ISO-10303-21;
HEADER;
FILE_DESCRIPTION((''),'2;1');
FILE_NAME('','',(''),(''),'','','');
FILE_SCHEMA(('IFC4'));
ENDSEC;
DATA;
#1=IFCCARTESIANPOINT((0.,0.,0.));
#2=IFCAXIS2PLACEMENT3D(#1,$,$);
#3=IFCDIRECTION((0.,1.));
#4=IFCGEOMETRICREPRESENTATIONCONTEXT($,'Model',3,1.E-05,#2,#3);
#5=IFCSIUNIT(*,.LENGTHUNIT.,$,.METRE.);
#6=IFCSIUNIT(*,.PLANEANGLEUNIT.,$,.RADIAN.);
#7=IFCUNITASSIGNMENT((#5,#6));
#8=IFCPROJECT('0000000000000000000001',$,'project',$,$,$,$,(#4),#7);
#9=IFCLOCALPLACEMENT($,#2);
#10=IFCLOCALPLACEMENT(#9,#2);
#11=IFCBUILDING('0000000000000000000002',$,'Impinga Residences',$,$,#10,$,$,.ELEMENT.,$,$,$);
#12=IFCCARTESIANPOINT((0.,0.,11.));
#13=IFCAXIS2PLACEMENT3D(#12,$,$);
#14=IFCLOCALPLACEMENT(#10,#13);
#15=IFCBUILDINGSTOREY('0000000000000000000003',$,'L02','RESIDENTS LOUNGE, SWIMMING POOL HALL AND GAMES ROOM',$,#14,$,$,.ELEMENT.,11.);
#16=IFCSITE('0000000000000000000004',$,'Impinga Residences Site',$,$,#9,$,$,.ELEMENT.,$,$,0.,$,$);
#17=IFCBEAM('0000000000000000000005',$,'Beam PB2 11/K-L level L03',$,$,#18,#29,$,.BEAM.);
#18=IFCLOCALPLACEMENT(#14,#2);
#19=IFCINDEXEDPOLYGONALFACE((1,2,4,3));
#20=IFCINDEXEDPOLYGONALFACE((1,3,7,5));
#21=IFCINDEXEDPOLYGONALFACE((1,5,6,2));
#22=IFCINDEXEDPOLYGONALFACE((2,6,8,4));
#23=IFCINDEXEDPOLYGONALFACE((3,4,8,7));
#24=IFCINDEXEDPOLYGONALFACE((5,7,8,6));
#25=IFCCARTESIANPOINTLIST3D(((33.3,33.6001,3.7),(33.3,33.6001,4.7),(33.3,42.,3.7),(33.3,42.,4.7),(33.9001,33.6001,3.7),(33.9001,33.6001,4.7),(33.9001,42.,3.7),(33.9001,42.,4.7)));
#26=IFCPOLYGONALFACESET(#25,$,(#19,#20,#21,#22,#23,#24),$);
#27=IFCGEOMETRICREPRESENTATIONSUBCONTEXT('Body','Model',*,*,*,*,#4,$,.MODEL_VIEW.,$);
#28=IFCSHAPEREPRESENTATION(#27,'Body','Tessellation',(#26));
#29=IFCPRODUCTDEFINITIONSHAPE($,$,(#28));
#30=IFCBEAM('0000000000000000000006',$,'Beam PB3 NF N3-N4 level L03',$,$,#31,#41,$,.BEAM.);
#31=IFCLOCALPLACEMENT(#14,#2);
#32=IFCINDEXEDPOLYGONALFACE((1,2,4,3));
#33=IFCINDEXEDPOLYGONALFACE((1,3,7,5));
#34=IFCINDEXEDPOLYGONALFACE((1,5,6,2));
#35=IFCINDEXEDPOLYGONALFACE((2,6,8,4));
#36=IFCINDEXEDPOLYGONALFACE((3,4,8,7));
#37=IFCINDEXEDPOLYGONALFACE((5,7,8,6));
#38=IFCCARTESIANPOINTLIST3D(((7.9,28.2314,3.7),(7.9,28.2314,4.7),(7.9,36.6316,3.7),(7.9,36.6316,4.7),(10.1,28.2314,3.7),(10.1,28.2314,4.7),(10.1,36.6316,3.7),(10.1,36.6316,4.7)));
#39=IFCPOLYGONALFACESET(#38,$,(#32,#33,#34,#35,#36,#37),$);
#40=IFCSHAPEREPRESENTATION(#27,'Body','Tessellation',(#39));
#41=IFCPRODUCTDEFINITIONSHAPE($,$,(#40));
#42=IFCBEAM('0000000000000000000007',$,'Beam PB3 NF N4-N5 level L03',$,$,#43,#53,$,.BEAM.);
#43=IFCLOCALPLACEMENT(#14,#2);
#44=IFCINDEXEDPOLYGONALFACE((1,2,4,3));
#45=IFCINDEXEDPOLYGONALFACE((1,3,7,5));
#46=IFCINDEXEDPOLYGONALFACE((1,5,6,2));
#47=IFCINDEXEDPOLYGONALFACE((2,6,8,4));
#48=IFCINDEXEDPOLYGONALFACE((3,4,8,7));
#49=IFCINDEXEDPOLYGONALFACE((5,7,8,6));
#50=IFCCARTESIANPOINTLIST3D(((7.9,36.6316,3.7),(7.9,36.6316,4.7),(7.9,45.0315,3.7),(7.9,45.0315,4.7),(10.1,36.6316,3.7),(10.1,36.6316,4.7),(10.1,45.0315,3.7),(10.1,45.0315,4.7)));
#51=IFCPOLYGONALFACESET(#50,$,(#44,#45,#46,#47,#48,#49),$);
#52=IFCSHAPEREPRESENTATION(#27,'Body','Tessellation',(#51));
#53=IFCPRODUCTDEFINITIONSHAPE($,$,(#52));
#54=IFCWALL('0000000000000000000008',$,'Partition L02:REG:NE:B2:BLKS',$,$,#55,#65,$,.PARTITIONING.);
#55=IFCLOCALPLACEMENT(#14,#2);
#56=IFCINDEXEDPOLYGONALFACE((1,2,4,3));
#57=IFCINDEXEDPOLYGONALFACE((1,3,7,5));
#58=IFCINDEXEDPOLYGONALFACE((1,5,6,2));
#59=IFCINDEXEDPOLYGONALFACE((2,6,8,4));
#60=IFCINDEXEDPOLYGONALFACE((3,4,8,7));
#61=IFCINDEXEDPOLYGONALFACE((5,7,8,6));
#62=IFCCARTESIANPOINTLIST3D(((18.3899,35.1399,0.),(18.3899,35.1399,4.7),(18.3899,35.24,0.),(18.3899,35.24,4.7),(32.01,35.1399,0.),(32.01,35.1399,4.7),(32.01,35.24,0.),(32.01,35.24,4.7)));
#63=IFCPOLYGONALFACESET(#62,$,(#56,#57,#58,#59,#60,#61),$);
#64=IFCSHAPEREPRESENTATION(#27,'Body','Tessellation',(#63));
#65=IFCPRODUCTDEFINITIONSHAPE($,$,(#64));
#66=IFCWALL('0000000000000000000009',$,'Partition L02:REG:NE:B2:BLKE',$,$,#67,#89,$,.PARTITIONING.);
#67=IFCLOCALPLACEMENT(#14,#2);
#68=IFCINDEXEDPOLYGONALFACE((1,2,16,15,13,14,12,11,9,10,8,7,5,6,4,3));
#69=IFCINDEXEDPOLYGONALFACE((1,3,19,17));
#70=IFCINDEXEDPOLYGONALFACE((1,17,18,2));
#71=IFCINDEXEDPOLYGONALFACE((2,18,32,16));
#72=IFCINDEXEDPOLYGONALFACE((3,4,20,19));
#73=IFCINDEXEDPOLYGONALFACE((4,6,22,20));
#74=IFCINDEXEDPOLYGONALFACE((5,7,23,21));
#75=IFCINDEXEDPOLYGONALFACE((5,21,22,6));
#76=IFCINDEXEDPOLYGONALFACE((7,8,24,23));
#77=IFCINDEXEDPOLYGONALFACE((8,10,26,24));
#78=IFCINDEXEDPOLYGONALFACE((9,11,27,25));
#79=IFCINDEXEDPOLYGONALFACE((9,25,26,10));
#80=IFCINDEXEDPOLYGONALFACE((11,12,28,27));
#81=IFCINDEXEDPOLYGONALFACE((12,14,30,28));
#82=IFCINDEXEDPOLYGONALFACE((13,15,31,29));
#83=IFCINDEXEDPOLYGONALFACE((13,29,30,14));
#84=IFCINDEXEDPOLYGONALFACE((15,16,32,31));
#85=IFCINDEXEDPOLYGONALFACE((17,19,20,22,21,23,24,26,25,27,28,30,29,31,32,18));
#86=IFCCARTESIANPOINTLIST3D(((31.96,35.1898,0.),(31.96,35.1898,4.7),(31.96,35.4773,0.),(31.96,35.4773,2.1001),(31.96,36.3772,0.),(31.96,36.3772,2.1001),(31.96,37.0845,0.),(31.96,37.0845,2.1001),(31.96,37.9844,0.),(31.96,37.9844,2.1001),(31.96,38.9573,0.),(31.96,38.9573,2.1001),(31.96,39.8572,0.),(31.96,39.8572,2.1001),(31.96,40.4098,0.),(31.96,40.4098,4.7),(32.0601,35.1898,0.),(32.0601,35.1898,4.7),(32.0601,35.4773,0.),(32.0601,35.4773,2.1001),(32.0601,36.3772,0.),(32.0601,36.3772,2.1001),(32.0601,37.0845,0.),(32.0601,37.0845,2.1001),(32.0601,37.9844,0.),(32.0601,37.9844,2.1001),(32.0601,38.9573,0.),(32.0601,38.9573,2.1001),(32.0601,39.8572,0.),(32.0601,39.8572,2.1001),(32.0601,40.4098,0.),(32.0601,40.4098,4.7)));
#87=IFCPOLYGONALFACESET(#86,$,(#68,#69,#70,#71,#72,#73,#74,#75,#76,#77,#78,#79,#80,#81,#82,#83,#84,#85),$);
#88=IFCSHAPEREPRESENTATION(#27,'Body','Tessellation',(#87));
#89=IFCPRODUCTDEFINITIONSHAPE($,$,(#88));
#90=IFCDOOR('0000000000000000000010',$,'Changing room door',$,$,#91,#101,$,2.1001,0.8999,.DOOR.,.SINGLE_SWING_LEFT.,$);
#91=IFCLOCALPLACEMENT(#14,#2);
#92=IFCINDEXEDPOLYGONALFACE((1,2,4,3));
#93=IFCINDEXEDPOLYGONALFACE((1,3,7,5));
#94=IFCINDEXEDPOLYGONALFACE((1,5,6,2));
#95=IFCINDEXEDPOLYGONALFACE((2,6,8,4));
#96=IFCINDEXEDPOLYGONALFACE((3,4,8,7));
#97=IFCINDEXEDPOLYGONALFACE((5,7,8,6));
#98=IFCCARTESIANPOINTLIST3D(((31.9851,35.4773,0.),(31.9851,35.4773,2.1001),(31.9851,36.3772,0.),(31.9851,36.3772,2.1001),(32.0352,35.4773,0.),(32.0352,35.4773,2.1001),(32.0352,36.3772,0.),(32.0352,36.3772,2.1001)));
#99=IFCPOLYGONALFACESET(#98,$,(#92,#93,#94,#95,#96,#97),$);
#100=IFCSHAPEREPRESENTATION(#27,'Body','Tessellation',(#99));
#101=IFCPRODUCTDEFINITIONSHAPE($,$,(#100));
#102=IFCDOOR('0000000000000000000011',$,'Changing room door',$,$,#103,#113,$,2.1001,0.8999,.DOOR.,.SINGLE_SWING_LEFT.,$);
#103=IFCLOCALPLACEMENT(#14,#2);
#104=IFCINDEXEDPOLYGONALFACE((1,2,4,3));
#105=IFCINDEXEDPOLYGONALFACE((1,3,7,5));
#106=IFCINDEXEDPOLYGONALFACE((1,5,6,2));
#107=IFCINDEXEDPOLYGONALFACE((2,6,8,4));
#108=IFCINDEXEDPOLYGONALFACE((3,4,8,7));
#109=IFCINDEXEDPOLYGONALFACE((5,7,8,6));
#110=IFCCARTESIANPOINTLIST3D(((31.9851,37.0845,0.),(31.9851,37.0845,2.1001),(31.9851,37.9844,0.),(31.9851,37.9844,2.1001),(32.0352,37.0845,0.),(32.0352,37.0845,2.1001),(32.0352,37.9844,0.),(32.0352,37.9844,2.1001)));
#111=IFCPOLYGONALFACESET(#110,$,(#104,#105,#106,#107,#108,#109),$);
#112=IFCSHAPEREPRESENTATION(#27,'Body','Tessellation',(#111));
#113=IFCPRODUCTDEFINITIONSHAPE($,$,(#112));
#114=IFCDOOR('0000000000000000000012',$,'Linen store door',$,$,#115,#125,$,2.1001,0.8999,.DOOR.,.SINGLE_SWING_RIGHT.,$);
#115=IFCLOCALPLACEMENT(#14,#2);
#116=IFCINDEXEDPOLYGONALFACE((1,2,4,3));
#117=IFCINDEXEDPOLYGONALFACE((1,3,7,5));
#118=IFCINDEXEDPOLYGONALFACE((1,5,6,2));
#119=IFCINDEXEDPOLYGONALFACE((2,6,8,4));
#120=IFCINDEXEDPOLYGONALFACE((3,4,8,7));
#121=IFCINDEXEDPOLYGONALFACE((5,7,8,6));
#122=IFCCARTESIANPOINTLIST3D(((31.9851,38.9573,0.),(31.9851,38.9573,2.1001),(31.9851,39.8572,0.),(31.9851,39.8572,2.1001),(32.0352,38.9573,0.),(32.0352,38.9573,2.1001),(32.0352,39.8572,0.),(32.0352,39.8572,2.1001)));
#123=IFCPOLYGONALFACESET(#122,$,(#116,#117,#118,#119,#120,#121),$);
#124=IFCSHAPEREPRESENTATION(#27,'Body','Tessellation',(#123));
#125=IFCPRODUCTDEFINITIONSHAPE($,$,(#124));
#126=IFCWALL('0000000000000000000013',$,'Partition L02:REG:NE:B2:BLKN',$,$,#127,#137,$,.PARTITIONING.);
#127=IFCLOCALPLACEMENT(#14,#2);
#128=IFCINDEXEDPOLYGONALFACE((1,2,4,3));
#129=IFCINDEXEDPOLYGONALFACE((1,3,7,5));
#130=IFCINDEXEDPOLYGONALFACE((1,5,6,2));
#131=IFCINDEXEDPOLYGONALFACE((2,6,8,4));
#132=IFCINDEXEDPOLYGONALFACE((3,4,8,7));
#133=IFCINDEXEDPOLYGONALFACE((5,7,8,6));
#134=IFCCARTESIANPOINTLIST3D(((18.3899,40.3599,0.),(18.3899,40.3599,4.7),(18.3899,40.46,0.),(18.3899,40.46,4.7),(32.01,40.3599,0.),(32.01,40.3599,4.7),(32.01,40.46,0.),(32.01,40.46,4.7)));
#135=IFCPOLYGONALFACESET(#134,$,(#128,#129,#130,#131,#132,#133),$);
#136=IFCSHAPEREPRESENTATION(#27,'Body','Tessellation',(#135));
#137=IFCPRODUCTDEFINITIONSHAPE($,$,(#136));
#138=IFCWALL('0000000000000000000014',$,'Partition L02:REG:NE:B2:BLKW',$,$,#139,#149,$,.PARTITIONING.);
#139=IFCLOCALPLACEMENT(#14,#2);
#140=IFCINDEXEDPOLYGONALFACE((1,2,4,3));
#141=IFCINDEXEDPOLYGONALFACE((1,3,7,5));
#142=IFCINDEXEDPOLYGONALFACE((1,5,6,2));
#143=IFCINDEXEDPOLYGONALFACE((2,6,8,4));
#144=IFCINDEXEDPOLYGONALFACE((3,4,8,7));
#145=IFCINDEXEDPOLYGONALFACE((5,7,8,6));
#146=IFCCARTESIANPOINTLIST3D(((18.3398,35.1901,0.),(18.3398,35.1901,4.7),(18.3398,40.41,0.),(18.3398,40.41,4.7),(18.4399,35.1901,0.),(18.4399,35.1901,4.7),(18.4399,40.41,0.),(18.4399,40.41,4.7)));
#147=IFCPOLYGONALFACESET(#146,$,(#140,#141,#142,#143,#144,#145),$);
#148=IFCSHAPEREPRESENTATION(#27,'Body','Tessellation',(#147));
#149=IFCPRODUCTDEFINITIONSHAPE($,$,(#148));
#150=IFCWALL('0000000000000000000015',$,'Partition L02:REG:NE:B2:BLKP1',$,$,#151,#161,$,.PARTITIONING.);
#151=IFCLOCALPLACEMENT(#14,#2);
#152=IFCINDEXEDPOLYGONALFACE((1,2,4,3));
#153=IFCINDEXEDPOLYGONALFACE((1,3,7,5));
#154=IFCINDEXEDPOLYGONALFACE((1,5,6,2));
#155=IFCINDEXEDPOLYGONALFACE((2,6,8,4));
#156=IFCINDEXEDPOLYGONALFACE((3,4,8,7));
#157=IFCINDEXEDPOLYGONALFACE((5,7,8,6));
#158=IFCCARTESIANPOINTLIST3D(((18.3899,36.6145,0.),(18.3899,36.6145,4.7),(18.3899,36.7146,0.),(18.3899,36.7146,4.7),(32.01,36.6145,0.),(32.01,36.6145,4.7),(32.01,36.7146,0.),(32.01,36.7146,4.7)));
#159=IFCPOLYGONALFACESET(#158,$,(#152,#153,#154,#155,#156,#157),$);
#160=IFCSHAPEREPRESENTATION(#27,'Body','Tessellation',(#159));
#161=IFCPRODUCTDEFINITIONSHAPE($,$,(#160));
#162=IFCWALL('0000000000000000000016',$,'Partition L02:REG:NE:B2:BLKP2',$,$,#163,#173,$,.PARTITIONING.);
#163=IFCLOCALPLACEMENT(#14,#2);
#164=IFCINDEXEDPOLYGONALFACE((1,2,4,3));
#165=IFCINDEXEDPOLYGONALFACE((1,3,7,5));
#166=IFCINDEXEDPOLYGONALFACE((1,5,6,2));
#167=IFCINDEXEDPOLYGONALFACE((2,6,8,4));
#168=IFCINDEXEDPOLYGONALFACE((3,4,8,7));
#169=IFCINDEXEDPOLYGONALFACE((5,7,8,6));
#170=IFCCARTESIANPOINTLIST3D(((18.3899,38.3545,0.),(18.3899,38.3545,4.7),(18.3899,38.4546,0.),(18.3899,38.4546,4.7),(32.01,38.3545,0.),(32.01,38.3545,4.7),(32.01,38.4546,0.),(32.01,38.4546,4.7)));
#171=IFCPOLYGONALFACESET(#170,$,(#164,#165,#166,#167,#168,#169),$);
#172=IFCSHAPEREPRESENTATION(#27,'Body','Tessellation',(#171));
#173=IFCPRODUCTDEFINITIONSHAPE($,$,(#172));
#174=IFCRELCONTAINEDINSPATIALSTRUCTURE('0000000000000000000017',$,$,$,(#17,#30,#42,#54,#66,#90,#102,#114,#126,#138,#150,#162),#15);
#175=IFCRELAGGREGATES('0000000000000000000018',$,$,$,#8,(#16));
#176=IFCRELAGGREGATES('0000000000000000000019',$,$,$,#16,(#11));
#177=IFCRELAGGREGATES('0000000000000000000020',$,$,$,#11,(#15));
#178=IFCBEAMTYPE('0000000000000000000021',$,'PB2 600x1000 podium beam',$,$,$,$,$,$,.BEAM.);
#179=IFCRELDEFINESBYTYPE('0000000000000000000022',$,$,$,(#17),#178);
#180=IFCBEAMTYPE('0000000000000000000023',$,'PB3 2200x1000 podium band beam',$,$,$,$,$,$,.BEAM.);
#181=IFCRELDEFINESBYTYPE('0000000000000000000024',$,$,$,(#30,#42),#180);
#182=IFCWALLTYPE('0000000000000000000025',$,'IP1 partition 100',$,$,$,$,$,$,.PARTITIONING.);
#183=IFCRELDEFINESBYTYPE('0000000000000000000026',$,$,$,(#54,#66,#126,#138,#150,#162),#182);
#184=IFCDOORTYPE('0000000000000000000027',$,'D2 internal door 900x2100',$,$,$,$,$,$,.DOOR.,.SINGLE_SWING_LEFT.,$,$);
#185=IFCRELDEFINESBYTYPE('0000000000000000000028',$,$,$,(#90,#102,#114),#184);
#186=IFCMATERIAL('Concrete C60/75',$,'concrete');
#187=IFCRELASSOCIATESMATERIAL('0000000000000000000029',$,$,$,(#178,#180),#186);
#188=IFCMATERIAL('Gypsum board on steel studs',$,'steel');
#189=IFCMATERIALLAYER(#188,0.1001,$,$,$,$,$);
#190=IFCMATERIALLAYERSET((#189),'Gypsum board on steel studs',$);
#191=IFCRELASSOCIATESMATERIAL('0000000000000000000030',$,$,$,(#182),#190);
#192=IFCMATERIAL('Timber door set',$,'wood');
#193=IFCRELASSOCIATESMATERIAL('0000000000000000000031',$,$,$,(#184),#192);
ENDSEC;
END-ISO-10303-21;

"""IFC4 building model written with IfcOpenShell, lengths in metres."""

from ifc_helpers import new_model, si_unit, direction, frame, frame_2d, origin, origin_2d, place, context, subcontext, project, spatial, rectangle, extrude, material, layer, layer_set, material_profile, profile_set, type_object, element, fill, save


model = new_model("IFC4")

# Units and contexts
model_context = context("Model", 3, precision=1e-05, world=origin(), true_north=direction((0.0, 1.0)))
body_context = subcontext(model_context, "Body", "Model", "MODEL_VIEW")
ifc_project = project(units=[si_unit("LENGTHUNIT", "METRE"), si_unit("PLANEANGLEUNIT", "RADIAN")], contexts=[model_context])

# Site, building, storey
site_placement = place(None, origin())
site = spatial("IfcSite", under=ifc_project, at=site_placement, Name="Impinga Residences Site", CompositionType="ELEMENT", RefElevation=0.0)
building_placement = place(site_placement, origin())
building = spatial("IfcBuilding", under=site, at=building_placement, Name="Impinga Residences", CompositionType="ELEMENT")
storey_placement = place(building_placement, frame((0.0, 0.0, 11.0)))
storey = spatial("IfcBuildingStorey", under=building, at=storey_placement, Name="L02", Description="RESIDENTS LOUNGE, SWIMMING POOL HALL AND GAMES ROOM", CompositionType="ELEMENT", Elevation=11.0)

# Beams
ifc_material_1 = material(Name="Concrete C60/75", Category="concrete")
ifc_material_profile_1 = material_profile(ifc_material_1, rectangle(XDim=0.6001, YDim=1.0, at=origin_2d()), Name="RC 600x1000")
ifc_profile_set_1 = profile_set([ifc_material_profile_1], Name="Concrete C60/75")
beam_type_1 = type_object("IfcBeamType", Name="PB2 600x1000 podium beam", PredefinedType="BEAM", material=ifc_profile_set_1)
beam_1_placement = place(storey_placement, frame((33.6001, 33.6001, 4.2), z_axis=(0.0, 1.0, 0.0), x_axis=(-1.0, 0.0, 0.0)))
element("IfcBeam", 1, at=beam_1_placement, inside=storey, type_object=beam_type_1, Name="Beam PB2 11/K-L level L03", PredefinedType="BEAM", context=body_context, shape_type="SweptSolid", body=[
    extrude(rectangle(XDim=0.6001, YDim=1.0, at=origin_2d()), origin(), (0.0, 0.0, 1.0), 8.3999),
])
ifc_material_profile_2 = material_profile(ifc_material_1, rectangle(XDim=2.2, YDim=1.0, at=origin_2d()), Name="RC 2200x1000")
ifc_profile_set_2 = profile_set([ifc_material_profile_2], Name="Concrete C60/75")
beam_type_2 = type_object("IfcBeamType", Name="PB3 2200x1000 podium band beam", PredefinedType="BEAM", material=ifc_profile_set_2)
beam_2_placement = place(storey_placement, frame((9.0, 28.2314, 4.2), z_axis=(0.0, 1.0, 0.0), x_axis=(-1.0, 0.0, 0.0)))
element("IfcBeam", 2, at=beam_2_placement, inside=storey, type_object=beam_type_2, Name="Beam PB3 NF N3-N4 level L03", PredefinedType="BEAM", context=body_context, shape_type="SweptSolid", body=[
    extrude(rectangle(XDim=2.2, YDim=1.0, at=origin_2d()), origin(), (0.0, 0.0, 1.0), 8.4001),
])
beam_3_placement = place(storey_placement, frame((9.0, 36.6316, 4.2), z_axis=(0.0, 1.0, 0.0), x_axis=(-1.0, 0.0, 0.0)))
element("IfcBeam", 3, at=beam_3_placement, inside=storey, type_object=beam_type_2, Name="Beam PB3 NF N4-N5 level L03", PredefinedType="BEAM", context=body_context, shape_type="SweptSolid", body=[
    extrude(rectangle(XDim=2.2, YDim=1.0, at=origin_2d()), origin(), (0.0, 0.0, 1.0), 8.3999),
])

# Wall
ifc_material_2 = material(Name="Gypsum board on steel studs", Category="steel")
ifc_layer_1 = layer(ifc_material_2, 0.1001)
ifc_layer_set_1 = layer_set([ifc_layer_1], Name="Gypsum board on steel studs")
wall_type_1 = type_object("IfcWallType", Name="IP1 partition 100", PredefinedType="PARTITIONING", material=ifc_layer_set_1)
wall_1_placement = place(storey_placement, frame((18.3899, 35.1899, 0.0), z_axis=(0.0, 0.0, 1.0), x_axis=(1.0, 0.0, 0.0)))
element("IfcWall", 4, at=wall_1_placement, inside=storey, type_object=wall_type_1, Name="Partition L02:REG:NE:B2:BLKS", PredefinedType="PARTITIONING", context=body_context, shape_type="SweptSolid", body=[
    extrude(rectangle(XDim=13.6201, YDim=0.1001, at=frame_2d((6.8101, 0.0))), origin(), (0.0, 0.0, 1.0), 4.7),
])

# Wall, openings, doors
wall_2_placement = place(storey_placement, frame((32.01, 35.1899, 0.0), z_axis=(0.0, 0.0, 1.0), x_axis=(0.0, 1.0, 0.0)))
wall_2 = element("IfcWall", 5, at=wall_2_placement, inside=storey, type_object=wall_type_1, Name="Partition L02:REG:NE:B2:BLKE", PredefinedType="PARTITIONING", context=body_context, shape_type="SweptSolid", body=[
    extrude(rectangle(XDim=5.22, YDim=0.1001, at=frame_2d((2.6099, 0.0))), origin(), (0.0, 0.0, 1.0), 4.7),
])
opening_1_placement = place(wall_2_placement, frame((0.2874, 0.0, 0.0)))
opening_1 = element("IfcOpeningElement", 6, at=opening_1_placement, cuts=wall_2, PredefinedType="OPENING", context=body_context, shape_type="SweptSolid", body=[
    extrude(rectangle(XDim=0.8999, YDim=2.1001, at=frame_2d((0.45, 1.05))), frame((0.0, 0.0601, 0.0), z_axis=(0.0, -1.0, 0.0), x_axis=(1.0, 0.0, 0.0)), (0.0, 0.0, 1.0), 0.1201),
])
opening_2_placement = place(wall_2_placement, frame((1.8945, 0.0, 0.0)))
opening_2 = element("IfcOpeningElement", 7, at=opening_2_placement, cuts=wall_2, PredefinedType="OPENING", context=body_context, shape_type="SweptSolid", body=[
    extrude(rectangle(XDim=0.8999, YDim=2.1001, at=frame_2d((0.45, 1.05))), frame((0.0, 0.0601, 0.0), z_axis=(0.0, -1.0, 0.0), x_axis=(1.0, 0.0, 0.0)), (0.0, 0.0, 1.0), 0.1201),
])
opening_3_placement = place(wall_2_placement, frame((3.7673, 0.0, 0.0)))
opening_3 = element("IfcOpeningElement", 8, at=opening_3_placement, cuts=wall_2, PredefinedType="OPENING", context=body_context, shape_type="SweptSolid", body=[
    extrude(rectangle(XDim=0.8999, YDim=2.1001, at=frame_2d((0.45, 1.05))), frame((0.0, 0.0601, 0.0), z_axis=(0.0, -1.0, 0.0), x_axis=(1.0, 0.0, 0.0)), (0.0, 0.0, 1.0), 0.1201),
])
ifc_material_3 = material(Name="Timber door set", Category="wood")
door_type_1 = type_object("IfcDoorType", Name="D2 internal door 900x2100", OperationType="SINGLE_SWING_LEFT", PredefinedType="DOOR", material=ifc_material_3)
door_1_placement = place(opening_1_placement, origin())
door_1 = element("IfcDoor", 9, at=door_1_placement, inside=storey, type_object=door_type_1, Name="Changing room door", OperationType="SINGLE_SWING_LEFT", OverallHeight=2.1001, OverallWidth=0.8999, PredefinedType="DOOR", context=body_context, shape_type="SweptSolid", body=[
    extrude(rectangle(XDim=0.8999, YDim=2.1001, at=frame_2d((0.45, 1.05))), frame((0.0, 0.0249, 0.0), z_axis=(0.0, -1.0, 0.0), x_axis=(1.0, 0.0, 0.0)), (0.0, 0.0, 1.0), 0.05),
])
fill(opening_1, door_1)
door_2_placement = place(opening_2_placement, origin())
door_2 = element("IfcDoor", 10, at=door_2_placement, inside=storey, type_object=door_type_1, Name="Changing room door", OperationType="SINGLE_SWING_LEFT", OverallHeight=2.1001, OverallWidth=0.8999, PredefinedType="DOOR", context=body_context, shape_type="SweptSolid", body=[
    extrude(rectangle(XDim=0.8999, YDim=2.1001, at=frame_2d((0.45, 1.05))), frame((0.0, 0.0249, 0.0), z_axis=(0.0, -1.0, 0.0), x_axis=(1.0, 0.0, 0.0)), (0.0, 0.0, 1.0), 0.05),
])
fill(opening_2, door_2)
door_3_placement = place(opening_3_placement, origin())
door_3 = element("IfcDoor", 11, at=door_3_placement, inside=storey, type_object=door_type_1, Name="Linen store door", OperationType="SINGLE_SWING_RIGHT", OverallHeight=2.1001, OverallWidth=0.8999, PredefinedType="DOOR", context=body_context, shape_type="SweptSolid", body=[
    extrude(rectangle(XDim=0.8999, YDim=2.1001, at=frame_2d((0.45, 1.05))), frame((0.0, 0.0249, 0.0), z_axis=(0.0, -1.0, 0.0), x_axis=(1.0, 0.0, 0.0)), (0.0, 0.0, 1.0), 0.05),
])
fill(opening_3, door_3)

# Walls
wall_3_placement = place(storey_placement, frame((32.01, 40.4099, 0.0), z_axis=(0.0, 0.0, 1.0), x_axis=(-1.0, 0.0, 0.0)))
element("IfcWall", 12, at=wall_3_placement, inside=storey, type_object=wall_type_1, Name="Partition L02:REG:NE:B2:BLKN", PredefinedType="PARTITIONING", context=body_context, shape_type="SweptSolid", body=[
    extrude(rectangle(XDim=13.6201, YDim=0.1001, at=frame_2d((6.8101, 0.0))), origin(), (0.0, 0.0, 1.0), 4.7),
])
wall_4_placement = place(storey_placement, frame((18.3899, 40.4099, 0.0), z_axis=(0.0, 0.0, 1.0), x_axis=(0.0, -1.0, 0.0)))
element("IfcWall", 13, at=wall_4_placement, inside=storey, type_object=wall_type_1, Name="Partition L02:REG:NE:B2:BLKW", PredefinedType="PARTITIONING", context=body_context, shape_type="SweptSolid", body=[
    extrude(rectangle(XDim=5.22, YDim=0.1001, at=frame_2d((2.6099, 0.0))), origin(), (0.0, 0.0, 1.0), 4.7),
])
for number, where, z_axis, x_axis, name in (
    (14, (18.3899, 36.6646, 0.0), (0.0, 0.0, 1.0), (1.0, 0.0, 0.0), "Partition L02:REG:NE:B2:BLKP1"),
    (15, (18.3899, 38.4045, 0.0), (0.0, 0.0, 1.0), (1.0, 0.0, 0.0), "Partition L02:REG:NE:B2:BLKP2"),
):
    element("IfcWall", number, at=place(storey_placement, frame(where, z_axis=z_axis, x_axis=x_axis)), inside=storey, type_object=wall_type_1, Name=name, PredefinedType="PARTITIONING", context=body_context, shape_type="SweptSolid", body=[
        extrude(rectangle(XDim=13.6201, YDim=0.1001, at=frame_2d((6.8101, 0.0))), origin(), (0.0, 0.0, 1.0), 4.7),
    ])

save(model, "model.ifc")
